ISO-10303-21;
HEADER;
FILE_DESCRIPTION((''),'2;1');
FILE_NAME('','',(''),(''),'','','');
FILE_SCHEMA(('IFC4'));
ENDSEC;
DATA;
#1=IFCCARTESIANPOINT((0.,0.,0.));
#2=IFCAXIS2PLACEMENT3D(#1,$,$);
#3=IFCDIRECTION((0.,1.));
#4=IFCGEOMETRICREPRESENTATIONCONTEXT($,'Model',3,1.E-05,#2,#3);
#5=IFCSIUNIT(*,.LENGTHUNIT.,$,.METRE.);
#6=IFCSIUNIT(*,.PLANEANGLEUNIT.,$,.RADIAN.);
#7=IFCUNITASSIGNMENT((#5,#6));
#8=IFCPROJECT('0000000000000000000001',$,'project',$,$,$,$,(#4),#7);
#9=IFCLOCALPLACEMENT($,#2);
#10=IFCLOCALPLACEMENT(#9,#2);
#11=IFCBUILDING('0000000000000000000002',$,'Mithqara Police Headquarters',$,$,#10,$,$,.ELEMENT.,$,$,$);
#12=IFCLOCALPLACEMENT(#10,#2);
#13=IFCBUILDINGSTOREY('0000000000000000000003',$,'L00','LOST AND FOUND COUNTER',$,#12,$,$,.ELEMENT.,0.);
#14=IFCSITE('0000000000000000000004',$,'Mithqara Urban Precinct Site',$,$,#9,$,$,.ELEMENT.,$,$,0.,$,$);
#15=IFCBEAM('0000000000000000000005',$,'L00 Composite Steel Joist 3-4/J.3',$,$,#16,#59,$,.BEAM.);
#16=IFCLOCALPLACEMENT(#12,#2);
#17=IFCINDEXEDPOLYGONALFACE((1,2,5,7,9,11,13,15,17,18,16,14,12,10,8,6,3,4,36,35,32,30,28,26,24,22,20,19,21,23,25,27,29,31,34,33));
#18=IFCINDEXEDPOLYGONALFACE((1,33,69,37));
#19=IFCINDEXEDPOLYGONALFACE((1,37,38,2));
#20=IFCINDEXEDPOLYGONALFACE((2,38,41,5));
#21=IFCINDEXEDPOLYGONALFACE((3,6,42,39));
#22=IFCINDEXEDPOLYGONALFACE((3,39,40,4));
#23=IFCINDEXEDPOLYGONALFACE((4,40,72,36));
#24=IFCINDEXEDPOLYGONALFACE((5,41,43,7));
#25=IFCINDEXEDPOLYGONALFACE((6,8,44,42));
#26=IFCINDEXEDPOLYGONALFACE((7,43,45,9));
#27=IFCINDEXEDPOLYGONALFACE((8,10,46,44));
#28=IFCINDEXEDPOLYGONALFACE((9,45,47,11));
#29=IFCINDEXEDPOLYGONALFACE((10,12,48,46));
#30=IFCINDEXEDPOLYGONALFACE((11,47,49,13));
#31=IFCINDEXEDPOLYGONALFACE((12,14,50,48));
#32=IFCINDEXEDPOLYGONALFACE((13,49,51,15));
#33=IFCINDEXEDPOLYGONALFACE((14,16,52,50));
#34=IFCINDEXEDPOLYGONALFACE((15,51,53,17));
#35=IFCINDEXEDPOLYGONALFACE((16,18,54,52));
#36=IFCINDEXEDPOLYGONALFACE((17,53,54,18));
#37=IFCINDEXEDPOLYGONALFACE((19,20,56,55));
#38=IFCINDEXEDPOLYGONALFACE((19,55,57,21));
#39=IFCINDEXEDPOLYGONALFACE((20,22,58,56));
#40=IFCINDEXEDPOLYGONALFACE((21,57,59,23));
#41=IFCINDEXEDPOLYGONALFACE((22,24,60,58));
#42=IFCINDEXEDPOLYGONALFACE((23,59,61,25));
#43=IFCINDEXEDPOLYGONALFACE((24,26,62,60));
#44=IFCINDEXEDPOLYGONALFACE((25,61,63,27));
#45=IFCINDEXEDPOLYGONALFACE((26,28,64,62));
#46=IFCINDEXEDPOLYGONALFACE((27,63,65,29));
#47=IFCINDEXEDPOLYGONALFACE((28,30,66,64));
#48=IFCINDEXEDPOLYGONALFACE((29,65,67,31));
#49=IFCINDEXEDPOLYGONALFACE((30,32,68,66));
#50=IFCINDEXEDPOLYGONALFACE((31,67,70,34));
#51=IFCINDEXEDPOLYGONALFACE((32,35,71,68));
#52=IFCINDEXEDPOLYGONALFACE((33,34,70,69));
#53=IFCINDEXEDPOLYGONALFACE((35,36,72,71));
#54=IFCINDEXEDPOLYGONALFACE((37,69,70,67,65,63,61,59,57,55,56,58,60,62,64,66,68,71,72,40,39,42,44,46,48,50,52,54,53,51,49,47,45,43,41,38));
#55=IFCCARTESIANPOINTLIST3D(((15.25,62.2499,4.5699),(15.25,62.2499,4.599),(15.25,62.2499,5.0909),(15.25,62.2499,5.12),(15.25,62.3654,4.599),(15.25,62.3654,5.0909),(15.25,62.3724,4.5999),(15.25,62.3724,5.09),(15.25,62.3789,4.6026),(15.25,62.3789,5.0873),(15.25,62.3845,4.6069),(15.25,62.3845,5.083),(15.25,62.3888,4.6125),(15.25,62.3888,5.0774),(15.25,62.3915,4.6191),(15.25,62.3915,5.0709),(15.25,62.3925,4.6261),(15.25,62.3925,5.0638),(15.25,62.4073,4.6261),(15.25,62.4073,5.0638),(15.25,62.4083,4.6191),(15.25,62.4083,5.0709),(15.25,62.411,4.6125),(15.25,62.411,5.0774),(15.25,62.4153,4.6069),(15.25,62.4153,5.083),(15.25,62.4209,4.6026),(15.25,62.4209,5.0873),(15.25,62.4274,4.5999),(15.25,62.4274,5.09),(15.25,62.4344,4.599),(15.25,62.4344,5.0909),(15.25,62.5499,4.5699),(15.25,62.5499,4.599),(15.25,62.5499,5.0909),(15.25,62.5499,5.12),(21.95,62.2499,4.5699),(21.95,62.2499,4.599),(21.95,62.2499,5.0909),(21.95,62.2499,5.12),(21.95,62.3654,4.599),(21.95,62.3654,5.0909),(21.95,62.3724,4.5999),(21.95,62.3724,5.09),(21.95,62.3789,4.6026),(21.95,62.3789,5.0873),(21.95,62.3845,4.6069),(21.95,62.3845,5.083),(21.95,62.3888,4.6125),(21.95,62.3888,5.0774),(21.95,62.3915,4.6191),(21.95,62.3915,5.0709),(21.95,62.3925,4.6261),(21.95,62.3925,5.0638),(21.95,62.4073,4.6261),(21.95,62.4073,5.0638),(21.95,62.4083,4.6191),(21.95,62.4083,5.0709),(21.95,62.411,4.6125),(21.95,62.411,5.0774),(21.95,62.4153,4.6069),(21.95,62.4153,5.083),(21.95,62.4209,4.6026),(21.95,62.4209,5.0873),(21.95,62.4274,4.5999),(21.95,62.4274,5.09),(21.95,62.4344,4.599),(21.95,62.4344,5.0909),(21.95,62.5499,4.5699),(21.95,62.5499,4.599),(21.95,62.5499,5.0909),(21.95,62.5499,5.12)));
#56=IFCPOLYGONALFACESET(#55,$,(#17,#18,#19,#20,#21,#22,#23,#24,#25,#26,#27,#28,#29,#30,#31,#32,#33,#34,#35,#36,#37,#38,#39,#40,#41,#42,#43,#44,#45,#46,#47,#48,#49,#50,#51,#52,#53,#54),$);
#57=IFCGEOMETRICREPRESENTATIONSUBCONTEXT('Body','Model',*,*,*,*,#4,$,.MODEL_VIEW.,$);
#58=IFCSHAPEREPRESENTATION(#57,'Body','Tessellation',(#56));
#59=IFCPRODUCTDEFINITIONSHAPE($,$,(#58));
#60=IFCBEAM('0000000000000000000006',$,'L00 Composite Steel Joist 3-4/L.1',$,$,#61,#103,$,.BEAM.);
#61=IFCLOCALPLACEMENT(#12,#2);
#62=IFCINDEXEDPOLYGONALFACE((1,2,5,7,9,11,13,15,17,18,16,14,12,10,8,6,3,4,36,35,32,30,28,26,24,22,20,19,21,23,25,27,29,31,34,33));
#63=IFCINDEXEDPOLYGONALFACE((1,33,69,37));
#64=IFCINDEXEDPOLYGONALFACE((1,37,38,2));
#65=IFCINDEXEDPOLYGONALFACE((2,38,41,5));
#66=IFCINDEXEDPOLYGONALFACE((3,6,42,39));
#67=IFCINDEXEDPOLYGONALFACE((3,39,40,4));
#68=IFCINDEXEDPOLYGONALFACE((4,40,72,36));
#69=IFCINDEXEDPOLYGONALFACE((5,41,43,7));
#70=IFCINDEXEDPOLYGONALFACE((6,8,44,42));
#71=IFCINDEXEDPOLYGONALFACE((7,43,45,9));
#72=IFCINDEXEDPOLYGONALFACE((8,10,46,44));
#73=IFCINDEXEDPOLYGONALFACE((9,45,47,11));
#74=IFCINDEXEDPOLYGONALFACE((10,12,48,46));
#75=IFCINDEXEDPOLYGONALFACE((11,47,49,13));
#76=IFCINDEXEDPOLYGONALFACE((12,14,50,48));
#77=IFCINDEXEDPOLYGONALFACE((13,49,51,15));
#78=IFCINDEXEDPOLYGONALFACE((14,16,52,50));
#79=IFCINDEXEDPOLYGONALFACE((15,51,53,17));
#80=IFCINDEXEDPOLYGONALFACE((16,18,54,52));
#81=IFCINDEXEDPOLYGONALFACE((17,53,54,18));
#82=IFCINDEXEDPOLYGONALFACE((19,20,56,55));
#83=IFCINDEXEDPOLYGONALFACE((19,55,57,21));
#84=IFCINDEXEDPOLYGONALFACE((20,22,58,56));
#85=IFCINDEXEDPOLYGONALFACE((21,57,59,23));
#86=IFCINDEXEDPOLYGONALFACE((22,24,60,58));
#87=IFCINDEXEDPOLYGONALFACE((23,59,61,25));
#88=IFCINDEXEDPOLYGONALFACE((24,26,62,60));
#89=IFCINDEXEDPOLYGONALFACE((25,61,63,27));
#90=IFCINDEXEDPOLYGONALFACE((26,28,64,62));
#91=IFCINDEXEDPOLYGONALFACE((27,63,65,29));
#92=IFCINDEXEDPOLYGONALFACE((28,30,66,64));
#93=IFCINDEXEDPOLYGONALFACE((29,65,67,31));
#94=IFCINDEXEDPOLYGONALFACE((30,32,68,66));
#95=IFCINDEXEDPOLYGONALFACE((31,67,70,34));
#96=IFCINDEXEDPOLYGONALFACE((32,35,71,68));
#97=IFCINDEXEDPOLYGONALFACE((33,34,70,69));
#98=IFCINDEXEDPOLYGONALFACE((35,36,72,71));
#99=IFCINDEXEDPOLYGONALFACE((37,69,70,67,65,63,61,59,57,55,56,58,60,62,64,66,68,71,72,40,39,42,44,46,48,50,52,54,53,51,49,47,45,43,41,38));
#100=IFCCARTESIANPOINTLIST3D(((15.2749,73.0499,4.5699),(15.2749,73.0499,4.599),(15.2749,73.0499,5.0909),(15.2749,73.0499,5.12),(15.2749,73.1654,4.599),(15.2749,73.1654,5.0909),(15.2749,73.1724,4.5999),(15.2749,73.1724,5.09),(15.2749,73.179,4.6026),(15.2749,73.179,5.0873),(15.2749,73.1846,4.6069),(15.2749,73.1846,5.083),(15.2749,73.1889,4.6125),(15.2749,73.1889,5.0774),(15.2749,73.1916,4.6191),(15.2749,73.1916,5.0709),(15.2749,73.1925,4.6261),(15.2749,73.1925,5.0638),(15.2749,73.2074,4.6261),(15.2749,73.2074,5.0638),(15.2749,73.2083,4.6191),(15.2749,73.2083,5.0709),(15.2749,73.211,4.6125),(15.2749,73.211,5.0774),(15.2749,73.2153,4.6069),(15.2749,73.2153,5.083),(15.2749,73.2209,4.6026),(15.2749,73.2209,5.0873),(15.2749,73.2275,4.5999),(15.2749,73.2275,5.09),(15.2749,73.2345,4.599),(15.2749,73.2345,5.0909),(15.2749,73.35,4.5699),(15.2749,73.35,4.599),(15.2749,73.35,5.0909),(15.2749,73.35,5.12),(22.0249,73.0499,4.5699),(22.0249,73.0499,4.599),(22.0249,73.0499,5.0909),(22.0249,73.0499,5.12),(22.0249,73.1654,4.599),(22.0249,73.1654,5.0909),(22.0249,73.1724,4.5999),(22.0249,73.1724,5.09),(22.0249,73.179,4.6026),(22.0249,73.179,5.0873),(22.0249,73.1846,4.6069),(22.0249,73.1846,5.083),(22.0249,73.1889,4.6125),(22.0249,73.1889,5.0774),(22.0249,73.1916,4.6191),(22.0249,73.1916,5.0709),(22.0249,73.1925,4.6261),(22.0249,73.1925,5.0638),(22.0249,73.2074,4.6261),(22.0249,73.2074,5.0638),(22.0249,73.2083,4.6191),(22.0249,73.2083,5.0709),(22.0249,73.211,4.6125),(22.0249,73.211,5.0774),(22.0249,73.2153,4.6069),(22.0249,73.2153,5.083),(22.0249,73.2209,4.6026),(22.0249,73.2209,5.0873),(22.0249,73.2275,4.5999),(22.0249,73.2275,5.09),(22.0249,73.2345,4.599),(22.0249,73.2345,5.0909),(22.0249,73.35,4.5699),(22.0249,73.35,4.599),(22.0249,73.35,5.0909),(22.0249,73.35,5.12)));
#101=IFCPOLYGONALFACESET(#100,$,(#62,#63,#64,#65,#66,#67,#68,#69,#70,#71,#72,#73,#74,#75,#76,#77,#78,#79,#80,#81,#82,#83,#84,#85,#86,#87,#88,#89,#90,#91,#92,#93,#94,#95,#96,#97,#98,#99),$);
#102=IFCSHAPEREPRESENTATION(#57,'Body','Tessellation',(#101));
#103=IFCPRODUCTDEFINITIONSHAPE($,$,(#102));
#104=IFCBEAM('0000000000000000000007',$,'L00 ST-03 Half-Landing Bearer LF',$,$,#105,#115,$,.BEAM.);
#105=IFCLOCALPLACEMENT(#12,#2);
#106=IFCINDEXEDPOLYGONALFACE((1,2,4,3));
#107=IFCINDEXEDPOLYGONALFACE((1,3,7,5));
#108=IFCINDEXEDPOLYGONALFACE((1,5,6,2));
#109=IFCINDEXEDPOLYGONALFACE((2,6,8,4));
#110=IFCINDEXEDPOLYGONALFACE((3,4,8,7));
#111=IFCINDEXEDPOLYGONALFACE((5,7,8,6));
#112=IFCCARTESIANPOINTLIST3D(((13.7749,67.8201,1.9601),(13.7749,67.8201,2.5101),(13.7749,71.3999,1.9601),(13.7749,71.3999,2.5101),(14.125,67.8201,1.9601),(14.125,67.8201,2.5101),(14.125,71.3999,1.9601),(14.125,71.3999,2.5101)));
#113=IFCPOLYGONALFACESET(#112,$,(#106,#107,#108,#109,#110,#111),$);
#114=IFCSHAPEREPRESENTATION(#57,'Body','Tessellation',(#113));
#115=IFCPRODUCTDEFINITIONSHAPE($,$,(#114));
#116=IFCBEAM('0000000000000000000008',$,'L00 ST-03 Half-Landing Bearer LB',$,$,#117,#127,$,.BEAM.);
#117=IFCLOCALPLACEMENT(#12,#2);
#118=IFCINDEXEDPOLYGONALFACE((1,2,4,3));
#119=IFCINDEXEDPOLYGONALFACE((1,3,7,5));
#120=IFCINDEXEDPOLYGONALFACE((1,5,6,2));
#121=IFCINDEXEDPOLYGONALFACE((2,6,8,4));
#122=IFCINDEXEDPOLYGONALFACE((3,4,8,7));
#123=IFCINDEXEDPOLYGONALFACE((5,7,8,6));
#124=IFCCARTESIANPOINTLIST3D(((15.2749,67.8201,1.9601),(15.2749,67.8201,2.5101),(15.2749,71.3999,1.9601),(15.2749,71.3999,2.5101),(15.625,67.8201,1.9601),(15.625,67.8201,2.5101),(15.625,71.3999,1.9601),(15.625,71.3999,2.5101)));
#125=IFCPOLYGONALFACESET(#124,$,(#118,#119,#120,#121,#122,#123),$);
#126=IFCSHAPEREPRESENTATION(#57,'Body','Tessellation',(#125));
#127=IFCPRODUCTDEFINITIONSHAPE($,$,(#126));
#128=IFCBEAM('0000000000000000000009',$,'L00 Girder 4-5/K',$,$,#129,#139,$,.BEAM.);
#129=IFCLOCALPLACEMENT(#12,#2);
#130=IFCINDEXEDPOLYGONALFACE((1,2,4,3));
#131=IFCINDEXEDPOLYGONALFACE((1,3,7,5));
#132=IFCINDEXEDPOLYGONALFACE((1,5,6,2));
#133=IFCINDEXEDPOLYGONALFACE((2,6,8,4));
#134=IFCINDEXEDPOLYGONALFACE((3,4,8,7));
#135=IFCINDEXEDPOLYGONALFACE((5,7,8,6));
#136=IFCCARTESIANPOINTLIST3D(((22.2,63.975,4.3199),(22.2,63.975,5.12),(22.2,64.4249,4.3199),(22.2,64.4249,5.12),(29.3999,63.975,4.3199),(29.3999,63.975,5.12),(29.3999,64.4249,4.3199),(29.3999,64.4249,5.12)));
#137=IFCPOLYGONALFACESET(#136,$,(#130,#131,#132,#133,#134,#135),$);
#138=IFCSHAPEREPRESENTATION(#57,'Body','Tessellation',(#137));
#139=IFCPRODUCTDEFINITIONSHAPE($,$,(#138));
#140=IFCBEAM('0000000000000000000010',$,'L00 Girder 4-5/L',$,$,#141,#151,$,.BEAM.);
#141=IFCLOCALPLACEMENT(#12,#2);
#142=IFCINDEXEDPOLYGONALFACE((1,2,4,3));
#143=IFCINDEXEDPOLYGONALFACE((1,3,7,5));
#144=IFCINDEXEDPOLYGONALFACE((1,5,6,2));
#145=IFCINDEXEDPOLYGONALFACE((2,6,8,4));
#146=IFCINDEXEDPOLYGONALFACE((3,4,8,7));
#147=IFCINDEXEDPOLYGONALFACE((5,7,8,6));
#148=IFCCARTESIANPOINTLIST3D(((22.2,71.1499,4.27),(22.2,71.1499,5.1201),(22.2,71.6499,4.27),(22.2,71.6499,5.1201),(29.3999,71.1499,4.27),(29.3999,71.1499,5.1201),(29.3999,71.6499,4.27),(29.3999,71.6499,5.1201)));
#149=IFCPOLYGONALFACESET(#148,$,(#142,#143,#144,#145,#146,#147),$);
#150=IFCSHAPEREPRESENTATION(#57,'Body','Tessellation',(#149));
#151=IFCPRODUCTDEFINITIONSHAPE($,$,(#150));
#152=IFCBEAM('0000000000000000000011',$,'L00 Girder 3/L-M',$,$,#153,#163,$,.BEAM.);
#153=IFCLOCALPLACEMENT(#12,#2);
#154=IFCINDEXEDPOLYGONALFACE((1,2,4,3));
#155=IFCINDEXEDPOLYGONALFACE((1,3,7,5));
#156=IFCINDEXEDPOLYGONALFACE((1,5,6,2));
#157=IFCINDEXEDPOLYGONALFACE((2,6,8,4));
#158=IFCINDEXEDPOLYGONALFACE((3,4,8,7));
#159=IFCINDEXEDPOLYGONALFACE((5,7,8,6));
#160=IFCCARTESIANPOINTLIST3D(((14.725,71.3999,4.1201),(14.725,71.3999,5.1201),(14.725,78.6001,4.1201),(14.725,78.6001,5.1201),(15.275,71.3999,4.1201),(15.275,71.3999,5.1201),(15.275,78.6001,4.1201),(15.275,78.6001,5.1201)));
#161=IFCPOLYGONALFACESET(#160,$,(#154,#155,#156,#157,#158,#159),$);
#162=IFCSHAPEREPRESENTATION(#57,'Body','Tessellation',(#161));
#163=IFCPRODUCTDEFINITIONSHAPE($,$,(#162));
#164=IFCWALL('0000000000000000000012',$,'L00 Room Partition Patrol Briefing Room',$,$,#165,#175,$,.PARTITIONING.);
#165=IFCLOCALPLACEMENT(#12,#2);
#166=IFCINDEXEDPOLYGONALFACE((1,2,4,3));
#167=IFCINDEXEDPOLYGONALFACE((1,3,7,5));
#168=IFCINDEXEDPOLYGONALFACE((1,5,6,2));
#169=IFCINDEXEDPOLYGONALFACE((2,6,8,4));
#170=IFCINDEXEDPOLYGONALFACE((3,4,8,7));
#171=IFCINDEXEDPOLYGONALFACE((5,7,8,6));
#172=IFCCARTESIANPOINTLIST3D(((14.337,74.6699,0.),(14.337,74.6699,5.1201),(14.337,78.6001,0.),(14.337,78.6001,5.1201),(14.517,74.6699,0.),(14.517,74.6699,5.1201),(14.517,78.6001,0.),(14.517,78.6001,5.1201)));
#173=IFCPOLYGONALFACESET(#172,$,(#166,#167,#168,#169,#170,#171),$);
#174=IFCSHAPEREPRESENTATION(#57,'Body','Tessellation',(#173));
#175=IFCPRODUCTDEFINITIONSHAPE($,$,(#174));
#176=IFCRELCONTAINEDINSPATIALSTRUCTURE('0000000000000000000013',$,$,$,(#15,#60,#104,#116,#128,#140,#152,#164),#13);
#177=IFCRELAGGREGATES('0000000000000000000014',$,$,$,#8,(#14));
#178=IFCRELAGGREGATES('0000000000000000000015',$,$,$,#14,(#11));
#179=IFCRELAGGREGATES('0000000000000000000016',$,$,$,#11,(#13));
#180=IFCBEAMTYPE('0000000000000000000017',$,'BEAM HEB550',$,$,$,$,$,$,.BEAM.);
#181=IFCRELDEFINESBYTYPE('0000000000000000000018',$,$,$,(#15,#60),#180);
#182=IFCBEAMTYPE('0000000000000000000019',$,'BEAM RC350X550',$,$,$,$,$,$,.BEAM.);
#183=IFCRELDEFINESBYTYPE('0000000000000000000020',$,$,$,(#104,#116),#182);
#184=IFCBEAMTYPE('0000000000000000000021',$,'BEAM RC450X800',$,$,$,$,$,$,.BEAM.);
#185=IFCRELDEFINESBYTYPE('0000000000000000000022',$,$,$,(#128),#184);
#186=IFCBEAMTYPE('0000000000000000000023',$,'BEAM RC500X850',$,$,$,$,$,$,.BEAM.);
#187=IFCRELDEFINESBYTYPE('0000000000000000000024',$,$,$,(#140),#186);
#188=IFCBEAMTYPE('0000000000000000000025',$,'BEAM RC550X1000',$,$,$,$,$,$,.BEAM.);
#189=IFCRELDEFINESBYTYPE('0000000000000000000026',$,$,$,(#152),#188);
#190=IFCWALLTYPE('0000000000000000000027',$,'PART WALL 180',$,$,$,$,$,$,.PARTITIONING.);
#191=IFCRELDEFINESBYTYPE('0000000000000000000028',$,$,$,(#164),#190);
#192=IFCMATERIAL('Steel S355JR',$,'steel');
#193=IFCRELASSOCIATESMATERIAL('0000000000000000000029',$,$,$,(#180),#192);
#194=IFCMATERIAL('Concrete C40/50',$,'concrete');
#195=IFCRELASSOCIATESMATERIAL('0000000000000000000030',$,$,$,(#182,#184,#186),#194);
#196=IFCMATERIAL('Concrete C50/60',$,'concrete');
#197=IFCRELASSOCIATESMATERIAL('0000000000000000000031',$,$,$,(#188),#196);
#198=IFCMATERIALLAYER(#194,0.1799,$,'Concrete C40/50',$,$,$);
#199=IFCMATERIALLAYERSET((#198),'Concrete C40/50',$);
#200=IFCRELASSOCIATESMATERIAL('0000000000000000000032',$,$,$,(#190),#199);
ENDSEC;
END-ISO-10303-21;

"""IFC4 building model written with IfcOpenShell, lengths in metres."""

from ifc_helpers import new_model, si_unit, direction, frame, frame_2d, origin, origin_2d, place, context, subcontext, project, spatial, rectangle, i_section, extrude, material, layer, layer_set, material_profile, profile_set, type_object, element, save


model = new_model("IFC4")

# Units and contexts
model_context = context("Model", 3, precision=1e-05, world=origin(), true_north=direction((0.0, 1.0)))
body_context = subcontext(model_context, "Body", "Model", "MODEL_VIEW")
ifc_project = project(units=[si_unit("LENGTHUNIT", "METRE"), si_unit("PLANEANGLEUNIT", "RADIAN")], contexts=[model_context])

# Site, building, storey
site_placement = place(None, origin())
site = spatial("IfcSite", under=ifc_project, at=site_placement, Name="Mithqara Urban Precinct Site", CompositionType="ELEMENT", RefElevation=0.0)
building_placement = place(site_placement, origin())
building = spatial("IfcBuilding", under=site, at=building_placement, Name="Mithqara Police Headquarters", CompositionType="ELEMENT")
storey_placement = place(building_placement, origin())
storey = spatial("IfcBuildingStorey", under=building, at=storey_placement, Name="L00", Description="LOST AND FOUND COUNTER", CompositionType="ELEMENT", Elevation=0.0)

# Beams
ifc_material_1 = material(Name="Steel S355JR", Category="steel")
ifc_material_profile_1 = material_profile(ifc_material_1, i_section(OverallWidth=0.3, OverallDepth=0.55, WebThickness=0.0149, FlangeThickness=0.0291, FilletRadius=0.0271, at=origin_2d()), Name="HEB 550")
ifc_profile_set_1 = profile_set([ifc_material_profile_1], Name="Steel S355JR")
beam_type_1 = type_object("IfcBeamType", Name="BEAM HEB550", PredefinedType="BEAM", material=ifc_profile_set_1)
beam_1_placement = place(storey_placement, frame((15.25, 62.3999, 4.845), z_axis=(1.0, 0.0, 0.0), x_axis=(0.0, 1.0, 0.0)))
element("IfcBeam", 1, at=beam_1_placement, inside=storey, type_object=beam_type_1, Name="L00 Composite Steel Joist 3-4/J.3", PredefinedType="BEAM", context=body_context, shape_type="SweptSolid", body=[
    extrude(i_section(OverallWidth=0.3, OverallDepth=0.55, WebThickness=0.0149, FlangeThickness=0.0291, FilletRadius=0.0271, at=origin_2d()), origin(), (0.0, 0.0, 1.0), 6.7),
])
beam_2_placement = place(storey_placement, frame((15.2749, 73.2, 4.845), z_axis=(1.0, 0.0, 0.0), x_axis=(0.0, 1.0, 0.0)))
element("IfcBeam", 2, at=beam_2_placement, inside=storey, type_object=beam_type_1, Name="L00 Composite Steel Joist 3-4/L.1", PredefinedType="BEAM", context=body_context, shape_type="SweptSolid", body=[
    extrude(i_section(OverallWidth=0.3, OverallDepth=0.55, WebThickness=0.0149, FlangeThickness=0.0291, FilletRadius=0.0271, at=origin_2d()), origin(), (0.0, 0.0, 1.0), 6.75),
])
ifc_material_2 = material(Name="Concrete C40/50", Category="concrete")
ifc_material_profile_2 = material_profile(ifc_material_2, rectangle(XDim=0.3501, YDim=0.55, at=origin_2d()), Name="RC 350x550")
ifc_profile_set_2 = profile_set([ifc_material_profile_2], Name="Concrete C40/50")
beam_type_2 = type_object("IfcBeamType", Name="BEAM RC350X550", PredefinedType="BEAM", material=ifc_profile_set_2)
for number, where, z_axis, x_axis, name in (
    (3, (13.95, 67.8201, 2.2351), (0.0, 1.0, 0.0), (-1.0, 0.0, 0.0), "L00 ST-03 Half-Landing Bearer LF"),
    (4, (15.45, 67.8201, 2.2351), (0.0, 1.0, 0.0), (-1.0, 0.0, 0.0), "L00 ST-03 Half-Landing Bearer LB"),
):
    element("IfcBeam", number, at=place(storey_placement, frame(where, z_axis=z_axis, x_axis=x_axis)), inside=storey, type_object=beam_type_2, Name=name, PredefinedType="BEAM", context=body_context, shape_type="SweptSolid", body=[
        extrude(rectangle(XDim=0.3501, YDim=0.55, at=origin_2d()), origin(), (0.0, 0.0, 1.0), 3.5798),
    ])
ifc_material_profile_3 = material_profile(ifc_material_2, rectangle(XDim=0.45, YDim=0.8, at=origin_2d()), Name="RC 450x800")
ifc_profile_set_3 = profile_set([ifc_material_profile_3], Name="Concrete C40/50")
beam_type_3 = type_object("IfcBeamType", Name="BEAM RC450X800", PredefinedType="BEAM", material=ifc_profile_set_3)
beam_3_placement = place(storey_placement, frame((22.2, 64.2, 4.72), z_axis=(1.0, 0.0, 0.0), x_axis=(0.0, 1.0, 0.0)))
element("IfcBeam", 5, at=beam_3_placement, inside=storey, type_object=beam_type_3, Name="L00 Girder 4-5/K", PredefinedType="BEAM", context=body_context, shape_type="SweptSolid", body=[
    extrude(rectangle(XDim=0.45, YDim=0.8, at=origin_2d()), origin(), (0.0, 0.0, 1.0), 7.2),
])
ifc_material_profile_4 = material_profile(ifc_material_2, rectangle(XDim=0.5, YDim=0.8501, at=origin_2d()), Name="RC 500x850")
ifc_profile_set_4 = profile_set([ifc_material_profile_4], Name="Concrete C40/50")
beam_type_4 = type_object("IfcBeamType", Name="BEAM RC500X850", PredefinedType="BEAM", material=ifc_profile_set_4)
beam_4_placement = place(storey_placement, frame((22.2, 71.3999, 4.6951), z_axis=(1.0, 0.0, 0.0), x_axis=(0.0, 1.0, 0.0)))
element("IfcBeam", 6, at=beam_4_placement, inside=storey, type_object=beam_type_4, Name="L00 Girder 4-5/L", PredefinedType="BEAM", context=body_context, shape_type="SweptSolid", body=[
    extrude(rectangle(XDim=0.5, YDim=0.8501, at=origin_2d()), origin(), (0.0, 0.0, 1.0), 7.2),
])
ifc_material_3 = material(Name="Concrete C50/60", Category="concrete")
ifc_material_profile_5 = material_profile(ifc_material_3, rectangle(XDim=0.55, YDim=1.0, at=origin_2d()), Name="RC 550x1000")
ifc_profile_set_5 = profile_set([ifc_material_profile_5], Name="Concrete C50/60")
beam_type_5 = type_object("IfcBeamType", Name="BEAM RC550X1000", PredefinedType="BEAM", material=ifc_profile_set_5)
beam_5_placement = place(storey_placement, frame((15.0, 71.3999, 4.6201), z_axis=(0.0, 1.0, 0.0), x_axis=(-1.0, 0.0, 0.0)))
element("IfcBeam", 7, at=beam_5_placement, inside=storey, type_object=beam_type_5, Name="L00 Girder 3/L-M", PredefinedType="BEAM", context=body_context, shape_type="SweptSolid", body=[
    extrude(rectangle(XDim=0.55, YDim=1.0, at=origin_2d()), origin(), (0.0, 0.0, 1.0), 7.2002),
])

# Wall
ifc_layer_1 = layer(ifc_material_2, 0.1799, Name="Concrete C40/50")
ifc_layer_set_1 = layer_set([ifc_layer_1], Name="Concrete C40/50")
wall_type_1 = type_object("IfcWallType", Name="PART WALL 180", PredefinedType="PARTITIONING", material=ifc_layer_set_1)
wall_1_placement = place(storey_placement, frame((14.427, 74.6699, 0.0), z_axis=(0.0, 0.0, 1.0), x_axis=(0.0, 1.0, 0.0)))
element("IfcWall", 8, at=wall_1_placement, inside=storey, type_object=wall_type_1, Name="L00 Room Partition Patrol Briefing Room", PredefinedType="PARTITIONING", context=body_context, shape_type="SweptSolid", body=[
    extrude(rectangle(XDim=3.9302, YDim=0.1799, at=frame_2d((1.9651, 0.0))), origin(), (0.0, 0.0, 1.0), 5.1201),
])

save(model, "model.ifc")
